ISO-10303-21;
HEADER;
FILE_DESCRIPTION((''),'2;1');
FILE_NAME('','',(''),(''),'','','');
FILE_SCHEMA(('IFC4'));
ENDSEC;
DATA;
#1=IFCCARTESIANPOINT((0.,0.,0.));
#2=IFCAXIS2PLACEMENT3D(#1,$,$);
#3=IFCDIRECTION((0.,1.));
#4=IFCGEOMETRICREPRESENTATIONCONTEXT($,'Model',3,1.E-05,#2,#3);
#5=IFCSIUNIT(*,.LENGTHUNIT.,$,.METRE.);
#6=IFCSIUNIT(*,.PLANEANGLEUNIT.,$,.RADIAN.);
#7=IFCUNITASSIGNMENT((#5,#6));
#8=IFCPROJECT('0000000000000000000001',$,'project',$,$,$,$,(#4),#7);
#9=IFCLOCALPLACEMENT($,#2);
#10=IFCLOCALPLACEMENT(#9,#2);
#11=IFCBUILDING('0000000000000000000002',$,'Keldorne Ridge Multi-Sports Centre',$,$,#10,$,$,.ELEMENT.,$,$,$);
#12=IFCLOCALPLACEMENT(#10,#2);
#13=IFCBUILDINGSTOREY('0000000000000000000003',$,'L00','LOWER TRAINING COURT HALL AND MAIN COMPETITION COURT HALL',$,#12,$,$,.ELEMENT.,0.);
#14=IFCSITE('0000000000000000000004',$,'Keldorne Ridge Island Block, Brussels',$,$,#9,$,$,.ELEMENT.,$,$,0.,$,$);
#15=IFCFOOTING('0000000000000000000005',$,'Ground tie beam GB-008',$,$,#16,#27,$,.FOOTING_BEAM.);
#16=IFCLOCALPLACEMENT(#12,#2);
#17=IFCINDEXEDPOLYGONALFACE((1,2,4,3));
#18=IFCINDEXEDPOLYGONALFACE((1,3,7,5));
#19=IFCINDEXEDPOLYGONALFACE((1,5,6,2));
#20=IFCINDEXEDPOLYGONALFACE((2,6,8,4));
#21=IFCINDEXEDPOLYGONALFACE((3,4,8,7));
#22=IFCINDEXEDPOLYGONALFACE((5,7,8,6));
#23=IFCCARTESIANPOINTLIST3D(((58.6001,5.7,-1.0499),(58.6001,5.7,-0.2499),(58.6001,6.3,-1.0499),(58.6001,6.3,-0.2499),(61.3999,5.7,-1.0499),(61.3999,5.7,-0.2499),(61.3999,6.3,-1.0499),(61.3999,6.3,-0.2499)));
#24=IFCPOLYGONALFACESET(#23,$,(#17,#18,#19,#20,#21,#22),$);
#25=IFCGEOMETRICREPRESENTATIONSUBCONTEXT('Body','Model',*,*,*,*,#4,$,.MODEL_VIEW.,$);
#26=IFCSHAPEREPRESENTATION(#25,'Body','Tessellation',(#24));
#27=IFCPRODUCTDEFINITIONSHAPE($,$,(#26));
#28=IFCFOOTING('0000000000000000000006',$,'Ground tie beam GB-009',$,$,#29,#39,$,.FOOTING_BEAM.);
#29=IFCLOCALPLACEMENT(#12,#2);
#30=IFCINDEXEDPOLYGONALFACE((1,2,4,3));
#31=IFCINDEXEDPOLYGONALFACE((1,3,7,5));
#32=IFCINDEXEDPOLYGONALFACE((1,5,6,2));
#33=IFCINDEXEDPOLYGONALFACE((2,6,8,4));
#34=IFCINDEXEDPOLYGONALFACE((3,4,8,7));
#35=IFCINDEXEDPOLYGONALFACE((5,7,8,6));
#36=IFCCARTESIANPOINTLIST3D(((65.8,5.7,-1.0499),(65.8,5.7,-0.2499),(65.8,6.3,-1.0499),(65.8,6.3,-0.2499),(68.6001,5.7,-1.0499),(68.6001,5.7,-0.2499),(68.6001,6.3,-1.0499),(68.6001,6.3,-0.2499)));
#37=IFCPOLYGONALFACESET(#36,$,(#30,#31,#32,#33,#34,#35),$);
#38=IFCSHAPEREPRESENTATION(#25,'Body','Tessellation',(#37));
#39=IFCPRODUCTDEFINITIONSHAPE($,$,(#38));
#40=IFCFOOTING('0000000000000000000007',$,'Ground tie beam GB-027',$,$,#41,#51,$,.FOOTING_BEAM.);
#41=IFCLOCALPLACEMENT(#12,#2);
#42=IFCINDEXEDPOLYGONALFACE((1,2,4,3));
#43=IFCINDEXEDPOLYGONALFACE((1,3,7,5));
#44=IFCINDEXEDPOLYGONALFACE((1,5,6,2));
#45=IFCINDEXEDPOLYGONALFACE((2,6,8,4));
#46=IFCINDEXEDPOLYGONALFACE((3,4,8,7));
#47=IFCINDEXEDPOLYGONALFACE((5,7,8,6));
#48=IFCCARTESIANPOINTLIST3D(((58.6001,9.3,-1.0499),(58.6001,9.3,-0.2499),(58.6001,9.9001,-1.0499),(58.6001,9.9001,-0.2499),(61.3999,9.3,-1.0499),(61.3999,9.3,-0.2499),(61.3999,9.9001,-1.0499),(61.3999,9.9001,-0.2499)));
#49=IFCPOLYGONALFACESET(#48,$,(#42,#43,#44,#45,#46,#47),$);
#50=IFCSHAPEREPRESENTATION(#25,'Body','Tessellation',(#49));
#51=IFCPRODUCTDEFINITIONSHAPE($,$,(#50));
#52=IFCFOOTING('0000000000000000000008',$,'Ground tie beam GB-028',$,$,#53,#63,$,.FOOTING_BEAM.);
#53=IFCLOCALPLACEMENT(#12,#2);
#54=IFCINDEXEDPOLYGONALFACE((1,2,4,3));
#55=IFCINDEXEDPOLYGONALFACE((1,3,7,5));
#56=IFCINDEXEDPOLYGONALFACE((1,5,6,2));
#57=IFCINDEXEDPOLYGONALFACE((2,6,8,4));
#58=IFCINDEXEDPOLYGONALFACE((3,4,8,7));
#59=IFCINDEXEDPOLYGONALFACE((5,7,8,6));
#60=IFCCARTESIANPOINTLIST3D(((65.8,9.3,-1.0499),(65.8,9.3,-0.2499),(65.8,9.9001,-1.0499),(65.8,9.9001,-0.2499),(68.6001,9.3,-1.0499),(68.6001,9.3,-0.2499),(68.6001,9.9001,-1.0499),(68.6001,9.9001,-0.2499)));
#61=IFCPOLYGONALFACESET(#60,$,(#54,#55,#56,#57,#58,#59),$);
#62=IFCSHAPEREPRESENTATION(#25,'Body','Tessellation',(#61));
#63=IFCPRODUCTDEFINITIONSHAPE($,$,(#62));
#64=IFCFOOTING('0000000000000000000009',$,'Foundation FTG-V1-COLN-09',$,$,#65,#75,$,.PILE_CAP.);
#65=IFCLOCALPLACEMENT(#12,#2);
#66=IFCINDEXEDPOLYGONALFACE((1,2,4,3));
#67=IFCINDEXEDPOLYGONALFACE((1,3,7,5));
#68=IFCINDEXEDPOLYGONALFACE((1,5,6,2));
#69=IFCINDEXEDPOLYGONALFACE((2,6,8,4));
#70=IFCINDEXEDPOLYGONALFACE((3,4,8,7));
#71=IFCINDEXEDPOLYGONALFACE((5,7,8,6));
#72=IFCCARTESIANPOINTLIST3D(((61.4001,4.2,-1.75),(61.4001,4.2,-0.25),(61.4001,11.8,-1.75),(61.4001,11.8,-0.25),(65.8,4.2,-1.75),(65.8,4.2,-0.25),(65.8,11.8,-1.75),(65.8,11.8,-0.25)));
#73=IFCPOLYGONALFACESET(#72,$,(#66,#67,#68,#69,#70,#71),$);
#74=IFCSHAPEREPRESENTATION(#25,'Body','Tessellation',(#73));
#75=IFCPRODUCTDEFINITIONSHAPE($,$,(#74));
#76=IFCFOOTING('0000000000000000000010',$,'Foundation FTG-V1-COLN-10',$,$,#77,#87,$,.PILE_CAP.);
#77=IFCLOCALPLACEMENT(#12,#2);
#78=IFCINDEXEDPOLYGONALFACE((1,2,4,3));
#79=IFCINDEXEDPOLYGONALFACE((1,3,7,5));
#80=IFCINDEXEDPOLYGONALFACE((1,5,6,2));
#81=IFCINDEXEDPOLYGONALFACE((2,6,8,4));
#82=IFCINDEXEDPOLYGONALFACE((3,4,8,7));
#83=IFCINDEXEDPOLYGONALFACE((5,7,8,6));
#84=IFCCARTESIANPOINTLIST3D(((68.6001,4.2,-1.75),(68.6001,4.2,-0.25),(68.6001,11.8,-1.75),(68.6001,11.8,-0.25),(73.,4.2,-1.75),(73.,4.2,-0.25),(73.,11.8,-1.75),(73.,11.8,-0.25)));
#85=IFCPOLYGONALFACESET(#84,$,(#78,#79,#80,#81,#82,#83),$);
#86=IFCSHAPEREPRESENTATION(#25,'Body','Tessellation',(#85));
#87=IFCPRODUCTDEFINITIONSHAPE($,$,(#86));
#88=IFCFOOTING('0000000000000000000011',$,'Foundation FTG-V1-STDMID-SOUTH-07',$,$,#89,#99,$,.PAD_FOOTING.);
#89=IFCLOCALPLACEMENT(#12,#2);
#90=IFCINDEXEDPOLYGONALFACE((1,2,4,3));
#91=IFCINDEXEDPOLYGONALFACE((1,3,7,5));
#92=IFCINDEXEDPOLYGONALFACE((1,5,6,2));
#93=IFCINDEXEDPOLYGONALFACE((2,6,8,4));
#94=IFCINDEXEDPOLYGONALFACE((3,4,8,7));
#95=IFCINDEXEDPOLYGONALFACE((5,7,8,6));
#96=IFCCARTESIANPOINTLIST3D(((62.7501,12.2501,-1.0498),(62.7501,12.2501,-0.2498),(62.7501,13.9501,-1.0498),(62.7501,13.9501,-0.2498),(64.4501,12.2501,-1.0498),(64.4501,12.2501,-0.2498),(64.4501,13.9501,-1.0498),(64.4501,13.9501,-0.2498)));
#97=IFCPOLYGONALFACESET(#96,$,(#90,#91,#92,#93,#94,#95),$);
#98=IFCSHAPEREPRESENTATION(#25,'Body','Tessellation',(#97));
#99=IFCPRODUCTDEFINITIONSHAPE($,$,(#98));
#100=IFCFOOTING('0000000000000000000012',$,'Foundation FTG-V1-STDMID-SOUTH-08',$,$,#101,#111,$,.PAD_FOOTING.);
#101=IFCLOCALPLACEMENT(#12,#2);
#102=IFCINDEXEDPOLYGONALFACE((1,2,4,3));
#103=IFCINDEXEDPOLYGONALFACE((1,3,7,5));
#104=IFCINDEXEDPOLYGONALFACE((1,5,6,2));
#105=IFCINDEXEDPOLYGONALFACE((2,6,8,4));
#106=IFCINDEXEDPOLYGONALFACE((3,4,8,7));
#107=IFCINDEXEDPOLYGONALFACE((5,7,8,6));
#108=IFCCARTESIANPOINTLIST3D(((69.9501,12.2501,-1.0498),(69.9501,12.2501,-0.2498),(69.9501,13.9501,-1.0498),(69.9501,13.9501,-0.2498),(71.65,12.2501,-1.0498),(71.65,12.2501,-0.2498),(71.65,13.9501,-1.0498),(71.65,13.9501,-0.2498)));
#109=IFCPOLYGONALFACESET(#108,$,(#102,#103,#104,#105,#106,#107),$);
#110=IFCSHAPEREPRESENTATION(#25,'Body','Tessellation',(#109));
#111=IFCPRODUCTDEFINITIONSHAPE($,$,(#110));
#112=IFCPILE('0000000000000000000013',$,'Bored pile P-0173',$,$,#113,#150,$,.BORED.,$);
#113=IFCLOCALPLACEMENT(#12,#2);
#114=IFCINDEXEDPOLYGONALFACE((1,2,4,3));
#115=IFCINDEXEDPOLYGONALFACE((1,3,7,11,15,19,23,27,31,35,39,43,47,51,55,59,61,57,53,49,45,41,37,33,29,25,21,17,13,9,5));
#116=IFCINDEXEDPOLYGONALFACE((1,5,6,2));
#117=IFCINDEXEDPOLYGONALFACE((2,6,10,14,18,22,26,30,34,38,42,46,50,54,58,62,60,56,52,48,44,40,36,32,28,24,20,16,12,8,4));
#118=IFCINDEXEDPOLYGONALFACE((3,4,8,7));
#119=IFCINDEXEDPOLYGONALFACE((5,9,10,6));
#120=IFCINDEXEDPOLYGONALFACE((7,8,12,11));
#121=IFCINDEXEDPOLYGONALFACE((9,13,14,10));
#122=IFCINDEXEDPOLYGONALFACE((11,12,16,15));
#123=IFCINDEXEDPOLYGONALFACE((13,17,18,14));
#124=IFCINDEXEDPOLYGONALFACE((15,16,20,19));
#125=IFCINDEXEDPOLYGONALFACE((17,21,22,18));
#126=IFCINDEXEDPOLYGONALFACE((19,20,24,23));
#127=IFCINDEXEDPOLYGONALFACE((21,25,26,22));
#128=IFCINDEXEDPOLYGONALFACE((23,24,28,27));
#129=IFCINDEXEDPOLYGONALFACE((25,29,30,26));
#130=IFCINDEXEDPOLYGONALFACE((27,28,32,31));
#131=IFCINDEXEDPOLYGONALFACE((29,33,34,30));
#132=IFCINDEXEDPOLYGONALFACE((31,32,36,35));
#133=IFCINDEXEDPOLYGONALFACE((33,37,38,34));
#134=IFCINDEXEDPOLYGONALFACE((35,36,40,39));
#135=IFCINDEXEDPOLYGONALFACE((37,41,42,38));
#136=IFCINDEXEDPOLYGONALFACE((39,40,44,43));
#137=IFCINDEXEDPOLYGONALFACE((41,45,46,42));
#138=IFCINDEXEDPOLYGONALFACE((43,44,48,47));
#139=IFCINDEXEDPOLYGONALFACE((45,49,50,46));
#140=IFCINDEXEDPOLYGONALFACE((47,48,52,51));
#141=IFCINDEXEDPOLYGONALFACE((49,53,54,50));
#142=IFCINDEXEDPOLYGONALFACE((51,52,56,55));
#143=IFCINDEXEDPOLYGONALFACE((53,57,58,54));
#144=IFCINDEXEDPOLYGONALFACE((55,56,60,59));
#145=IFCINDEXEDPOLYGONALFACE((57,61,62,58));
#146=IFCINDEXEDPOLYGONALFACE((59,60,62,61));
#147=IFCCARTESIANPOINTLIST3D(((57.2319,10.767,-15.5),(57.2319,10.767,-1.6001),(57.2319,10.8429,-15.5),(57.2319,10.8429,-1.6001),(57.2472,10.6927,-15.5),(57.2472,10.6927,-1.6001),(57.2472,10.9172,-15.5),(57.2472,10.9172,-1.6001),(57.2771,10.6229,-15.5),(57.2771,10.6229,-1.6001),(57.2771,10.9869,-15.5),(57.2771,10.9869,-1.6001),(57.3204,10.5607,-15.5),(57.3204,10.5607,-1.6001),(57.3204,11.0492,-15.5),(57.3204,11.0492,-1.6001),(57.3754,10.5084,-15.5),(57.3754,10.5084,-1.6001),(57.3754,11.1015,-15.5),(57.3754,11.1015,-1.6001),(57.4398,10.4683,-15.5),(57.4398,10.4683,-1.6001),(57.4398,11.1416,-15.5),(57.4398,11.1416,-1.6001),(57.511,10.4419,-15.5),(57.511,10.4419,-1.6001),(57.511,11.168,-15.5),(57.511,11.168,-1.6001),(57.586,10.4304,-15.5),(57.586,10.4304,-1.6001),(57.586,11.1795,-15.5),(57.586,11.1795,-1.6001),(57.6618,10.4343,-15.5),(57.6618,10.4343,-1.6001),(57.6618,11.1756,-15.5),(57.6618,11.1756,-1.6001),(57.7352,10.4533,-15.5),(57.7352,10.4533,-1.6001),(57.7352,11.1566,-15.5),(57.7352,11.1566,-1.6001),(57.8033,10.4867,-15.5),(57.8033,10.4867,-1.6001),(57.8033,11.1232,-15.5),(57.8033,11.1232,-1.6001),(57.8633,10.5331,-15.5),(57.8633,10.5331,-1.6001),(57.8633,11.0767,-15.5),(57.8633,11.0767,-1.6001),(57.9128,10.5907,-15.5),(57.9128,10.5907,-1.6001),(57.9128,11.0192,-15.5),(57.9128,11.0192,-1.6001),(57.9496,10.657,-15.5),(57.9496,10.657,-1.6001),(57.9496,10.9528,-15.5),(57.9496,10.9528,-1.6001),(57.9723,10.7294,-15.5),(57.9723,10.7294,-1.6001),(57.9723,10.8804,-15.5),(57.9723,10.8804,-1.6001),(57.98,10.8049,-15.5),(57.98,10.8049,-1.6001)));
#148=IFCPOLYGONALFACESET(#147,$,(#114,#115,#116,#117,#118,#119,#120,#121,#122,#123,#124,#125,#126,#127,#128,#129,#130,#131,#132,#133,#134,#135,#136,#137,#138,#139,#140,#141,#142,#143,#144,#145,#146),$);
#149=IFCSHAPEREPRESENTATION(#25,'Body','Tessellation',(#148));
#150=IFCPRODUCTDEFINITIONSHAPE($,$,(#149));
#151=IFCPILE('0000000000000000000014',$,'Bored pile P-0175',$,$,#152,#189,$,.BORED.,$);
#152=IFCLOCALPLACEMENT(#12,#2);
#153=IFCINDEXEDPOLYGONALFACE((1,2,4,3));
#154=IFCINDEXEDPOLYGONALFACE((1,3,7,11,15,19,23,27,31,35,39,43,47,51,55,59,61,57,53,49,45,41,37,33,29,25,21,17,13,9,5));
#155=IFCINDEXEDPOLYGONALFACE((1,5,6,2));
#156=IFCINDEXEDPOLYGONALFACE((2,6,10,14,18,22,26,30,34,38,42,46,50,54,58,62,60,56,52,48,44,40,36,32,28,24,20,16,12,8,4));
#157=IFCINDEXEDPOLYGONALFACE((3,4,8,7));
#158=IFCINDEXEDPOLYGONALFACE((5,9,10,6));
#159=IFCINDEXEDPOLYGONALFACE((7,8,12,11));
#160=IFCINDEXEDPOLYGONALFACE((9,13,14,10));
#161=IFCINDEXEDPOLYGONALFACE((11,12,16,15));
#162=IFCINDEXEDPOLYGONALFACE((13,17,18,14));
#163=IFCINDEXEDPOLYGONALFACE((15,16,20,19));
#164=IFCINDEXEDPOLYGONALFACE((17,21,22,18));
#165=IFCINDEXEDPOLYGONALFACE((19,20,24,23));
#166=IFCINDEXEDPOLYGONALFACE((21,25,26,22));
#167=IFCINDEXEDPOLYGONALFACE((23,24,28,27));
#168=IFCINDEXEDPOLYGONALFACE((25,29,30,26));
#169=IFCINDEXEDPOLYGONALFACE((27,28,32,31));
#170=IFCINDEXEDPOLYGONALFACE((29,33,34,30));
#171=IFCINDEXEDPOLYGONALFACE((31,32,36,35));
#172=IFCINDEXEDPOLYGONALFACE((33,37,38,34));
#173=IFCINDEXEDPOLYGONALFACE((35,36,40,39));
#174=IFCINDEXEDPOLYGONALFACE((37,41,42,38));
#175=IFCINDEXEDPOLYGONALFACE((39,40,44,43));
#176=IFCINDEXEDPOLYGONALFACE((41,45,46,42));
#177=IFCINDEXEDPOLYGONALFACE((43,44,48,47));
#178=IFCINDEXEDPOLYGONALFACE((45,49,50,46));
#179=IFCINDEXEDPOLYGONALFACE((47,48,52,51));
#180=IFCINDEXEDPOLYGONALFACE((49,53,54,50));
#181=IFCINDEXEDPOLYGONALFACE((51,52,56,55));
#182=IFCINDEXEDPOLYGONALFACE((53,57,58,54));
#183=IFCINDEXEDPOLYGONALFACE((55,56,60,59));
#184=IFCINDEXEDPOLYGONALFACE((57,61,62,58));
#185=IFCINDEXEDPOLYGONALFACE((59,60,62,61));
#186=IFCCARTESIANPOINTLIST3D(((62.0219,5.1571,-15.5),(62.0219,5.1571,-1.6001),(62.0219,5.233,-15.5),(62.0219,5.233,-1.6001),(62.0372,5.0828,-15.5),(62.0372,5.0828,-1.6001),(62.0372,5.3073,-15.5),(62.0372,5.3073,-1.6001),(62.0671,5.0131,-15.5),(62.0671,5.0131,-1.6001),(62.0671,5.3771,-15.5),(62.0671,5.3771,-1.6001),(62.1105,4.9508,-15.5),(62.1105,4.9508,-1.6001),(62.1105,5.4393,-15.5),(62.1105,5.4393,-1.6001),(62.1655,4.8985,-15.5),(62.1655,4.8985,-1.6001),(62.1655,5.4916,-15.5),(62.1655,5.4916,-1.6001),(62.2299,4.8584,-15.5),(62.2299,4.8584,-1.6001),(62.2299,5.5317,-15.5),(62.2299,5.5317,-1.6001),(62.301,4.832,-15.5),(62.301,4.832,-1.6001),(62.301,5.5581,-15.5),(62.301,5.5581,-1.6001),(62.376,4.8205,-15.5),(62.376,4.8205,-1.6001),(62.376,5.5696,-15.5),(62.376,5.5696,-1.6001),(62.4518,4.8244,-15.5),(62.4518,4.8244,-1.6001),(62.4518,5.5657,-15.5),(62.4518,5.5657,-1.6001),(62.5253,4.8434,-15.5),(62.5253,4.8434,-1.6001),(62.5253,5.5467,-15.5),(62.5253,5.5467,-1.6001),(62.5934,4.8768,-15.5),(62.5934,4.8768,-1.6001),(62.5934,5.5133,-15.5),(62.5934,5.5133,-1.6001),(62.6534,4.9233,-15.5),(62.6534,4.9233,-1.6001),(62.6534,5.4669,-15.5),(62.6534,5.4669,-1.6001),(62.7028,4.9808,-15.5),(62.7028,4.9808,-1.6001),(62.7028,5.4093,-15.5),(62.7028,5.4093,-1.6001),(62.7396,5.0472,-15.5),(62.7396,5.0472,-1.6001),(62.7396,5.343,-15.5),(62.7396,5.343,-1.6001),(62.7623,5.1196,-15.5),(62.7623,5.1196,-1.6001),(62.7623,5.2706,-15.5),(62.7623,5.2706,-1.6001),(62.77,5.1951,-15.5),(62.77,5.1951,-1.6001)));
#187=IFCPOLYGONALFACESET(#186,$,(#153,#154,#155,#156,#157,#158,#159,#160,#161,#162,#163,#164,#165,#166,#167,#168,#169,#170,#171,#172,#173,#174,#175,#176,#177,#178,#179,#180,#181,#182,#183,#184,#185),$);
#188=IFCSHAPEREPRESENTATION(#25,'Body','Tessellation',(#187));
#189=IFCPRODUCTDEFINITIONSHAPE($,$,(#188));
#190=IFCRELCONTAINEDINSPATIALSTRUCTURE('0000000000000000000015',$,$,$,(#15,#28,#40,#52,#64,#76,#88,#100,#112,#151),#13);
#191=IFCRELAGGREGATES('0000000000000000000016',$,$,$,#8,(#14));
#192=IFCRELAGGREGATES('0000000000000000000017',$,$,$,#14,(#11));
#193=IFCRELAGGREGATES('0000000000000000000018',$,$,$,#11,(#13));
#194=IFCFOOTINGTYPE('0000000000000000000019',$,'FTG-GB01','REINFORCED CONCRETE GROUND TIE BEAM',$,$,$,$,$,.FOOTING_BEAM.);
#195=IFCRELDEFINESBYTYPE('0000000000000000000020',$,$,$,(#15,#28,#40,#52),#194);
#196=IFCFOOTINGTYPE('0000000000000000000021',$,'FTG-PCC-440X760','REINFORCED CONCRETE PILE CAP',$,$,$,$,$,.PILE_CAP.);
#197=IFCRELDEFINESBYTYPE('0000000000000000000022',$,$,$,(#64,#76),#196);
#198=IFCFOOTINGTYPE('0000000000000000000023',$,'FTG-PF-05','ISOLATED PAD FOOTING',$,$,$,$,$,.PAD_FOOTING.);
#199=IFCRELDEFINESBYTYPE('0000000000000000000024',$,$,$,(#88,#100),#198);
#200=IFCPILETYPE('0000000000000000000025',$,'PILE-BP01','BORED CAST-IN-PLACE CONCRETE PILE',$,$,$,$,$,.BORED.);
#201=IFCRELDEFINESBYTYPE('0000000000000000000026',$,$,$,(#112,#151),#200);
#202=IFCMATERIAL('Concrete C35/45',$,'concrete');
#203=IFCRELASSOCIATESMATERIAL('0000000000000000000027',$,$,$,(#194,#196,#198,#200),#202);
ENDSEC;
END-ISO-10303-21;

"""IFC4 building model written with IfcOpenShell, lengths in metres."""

from ifc_helpers import new_model, si_unit, direction, frame, origin, origin_2d, place, context, subcontext, project, spatial, rectangle, circle, extrude, material, material_profile, profile_set, type_object, element, save


model = new_model("IFC4")

# Units and contexts
model_context = context("Model", 3, precision=1e-05, world=origin(), true_north=direction((0.0, 1.0)))
body_context = subcontext(model_context, "Body", "Model", "MODEL_VIEW")
ifc_project = project(units=[si_unit("LENGTHUNIT", "METRE"), si_unit("PLANEANGLEUNIT", "RADIAN")], contexts=[model_context])

# Site, building, storey
site_placement = place(None, origin())
site = spatial("IfcSite", under=ifc_project, at=site_placement, Name="Keldorne Ridge Island Block, Brussels", CompositionType="ELEMENT", RefElevation=0.0)
building_placement = place(site_placement, origin())
building = spatial("IfcBuilding", under=site, at=building_placement, Name="Keldorne Ridge Multi-Sports Centre", CompositionType="ELEMENT")
storey_placement = place(building_placement, origin())
storey = spatial("IfcBuildingStorey", under=building, at=storey_placement, Name="L00", Description="LOWER TRAINING COURT HALL AND MAIN COMPETITION COURT HALL", CompositionType="ELEMENT", Elevation=0.0)

# Footings
ifc_material_1 = material(Name="Concrete C35/45", Category="concrete")
ifc_material_profile_1 = material_profile(ifc_material_1, rectangle(XDim=0.6001, YDim=0.8, at=origin_2d()), Name="GB 600x800")
ifc_profile_set_1 = profile_set([ifc_material_profile_1], Name="Concrete C35/45")
footing_type_1 = type_object("IfcFootingType", Name="FTG-GB01", Description="REINFORCED CONCRETE GROUND TIE BEAM", PredefinedType="FOOTING_BEAM", material=ifc_profile_set_1)
footing_1_placement = place(storey_placement, frame((58.6001, 6.0, -0.6499), z_axis=(1.0, 0.0, 0.0), x_axis=(0.0, 1.0, 0.0)))
element("IfcFooting", 1, at=footing_1_placement, inside=storey, type_object=footing_type_1, Name="Ground tie beam GB-008", PredefinedType="FOOTING_BEAM", context=body_context, shape_type="SweptSolid", body=[
    extrude(rectangle(XDim=0.6001, YDim=0.8, at=origin_2d()), origin(), (0.0, 0.0, 1.0), 2.7998),
])
footing_2_placement = place(storey_placement, frame((65.8, 6.0, -0.6499), z_axis=(1.0, 0.0, 0.0), x_axis=(0.0, 1.0, 0.0)))
element("IfcFooting", 2, at=footing_2_placement, inside=storey, type_object=footing_type_1, Name="Ground tie beam GB-009", PredefinedType="FOOTING_BEAM", context=body_context, shape_type="SweptSolid", body=[
    extrude(rectangle(XDim=0.6001, YDim=0.8, at=origin_2d()), origin(), (0.0, 0.0, 1.0), 2.8),
])
footing_3_placement = place(storey_placement, frame((58.6001, 9.6001, -0.6499), z_axis=(1.0, 0.0, 0.0), x_axis=(0.0, 1.0, 0.0)))
element("IfcFooting", 3, at=footing_3_placement, inside=storey, type_object=footing_type_1, Name="Ground tie beam GB-027", PredefinedType="FOOTING_BEAM", context=body_context, shape_type="SweptSolid", body=[
    extrude(rectangle(XDim=0.6001, YDim=0.8, at=origin_2d()), origin(), (0.0, 0.0, 1.0), 2.7998),
])
footing_4_placement = place(storey_placement, frame((65.8, 9.6001, -0.6499), z_axis=(1.0, 0.0, 0.0), x_axis=(0.0, 1.0, 0.0)))
element("IfcFooting", 4, at=footing_4_placement, inside=storey, type_object=footing_type_1, Name="Ground tie beam GB-028", PredefinedType="FOOTING_BEAM", context=body_context, shape_type="SweptSolid", body=[
    extrude(rectangle(XDim=0.6001, YDim=0.8, at=origin_2d()), origin(), (0.0, 0.0, 1.0), 2.8),
])
footing_type_2 = type_object("IfcFootingType", Name="FTG-PCC-440X760", Description="REINFORCED CONCRETE PILE CAP", PredefinedType="PILE_CAP", material=ifc_material_1)
for number, where, z_axis, x_axis, name in (
    (5, (63.6001, 8.0, -1.75), (0.0, 0.0, 1.0), (1.0, 0.0, 0.0), "Foundation FTG-V1-COLN-09"),
    (6, (70.8, 8.0, -1.75), (0.0, 0.0, 1.0), (1.0, 0.0, 0.0), "Foundation FTG-V1-COLN-10"),
):
    element("IfcFooting", number, at=place(storey_placement, frame(where, z_axis=z_axis, x_axis=x_axis)), inside=storey, type_object=footing_type_2, Name=name, PredefinedType="PILE_CAP", context=body_context, shape_type="SweptSolid", body=[
        extrude(rectangle(XDim=4.3999, YDim=7.6001, at=origin_2d()), origin(), (0.0, 0.0, 1.0), 1.5),
    ])
footing_type_3 = type_object("IfcFootingType", Name="FTG-PF-05", Description="ISOLATED PAD FOOTING", PredefinedType="PAD_FOOTING", material=ifc_material_1)
for number, where, z_axis, x_axis, name in (
    (7, (63.6001, 13.1001, -1.0498), (0.0, 0.0, 1.0), (1.0, 0.0, 0.0), "Foundation FTG-V1-STDMID-SOUTH-07"),
    (8, (70.8, 13.1001, -1.0498), (0.0, 0.0, 1.0), (1.0, 0.0, 0.0), "Foundation FTG-V1-STDMID-SOUTH-08"),
):
    element("IfcFooting", number, at=place(storey_placement, frame(where, z_axis=z_axis, x_axis=x_axis)), inside=storey, type_object=footing_type_3, Name=name, PredefinedType="PAD_FOOTING", context=body_context, shape_type="SweptSolid", body=[
        extrude(rectangle(XDim=1.7, YDim=1.7, at=origin_2d()), origin(), (0.0, 0.0, 1.0), 0.8),
    ])

# Piles
ifc_material_profile_2 = material_profile(ifc_material_1, circle(Radius=0.375, at=origin_2d()), Name="BORED PILE D750")
ifc_profile_set_2 = profile_set([ifc_material_profile_2], Name="Concrete C35/45")
pile_type = type_object("IfcPileType", Name="PILE-BP01", Description="BORED CAST-IN-PLACE CONCRETE PILE", PredefinedType="BORED", material=ifc_profile_set_2)
for number, where, z_axis, x_axis, name in (
    (9, (57.605, 10.8049, -1.6001), (0.0, 0.0, -1.0), (1.0, 0.0, 0.0), "Bored pile P-0173"),
    (10, (62.395, 5.1951, -1.6001), (0.0, 0.0, -1.0), (1.0, 0.0, 0.0), "Bored pile P-0175"),
):
    element("IfcPile", number, at=place(storey_placement, frame(where, z_axis=z_axis, x_axis=x_axis)), inside=storey, type_object=pile_type, Name=name, PredefinedType="BORED", context=body_context, shape_type="SweptSolid", body=[
        extrude(circle(Radius=0.375, at=origin_2d()), origin(), (0.0, 0.0, 1.0), 13.8999),
    ])

save(model, "model.ifc")
